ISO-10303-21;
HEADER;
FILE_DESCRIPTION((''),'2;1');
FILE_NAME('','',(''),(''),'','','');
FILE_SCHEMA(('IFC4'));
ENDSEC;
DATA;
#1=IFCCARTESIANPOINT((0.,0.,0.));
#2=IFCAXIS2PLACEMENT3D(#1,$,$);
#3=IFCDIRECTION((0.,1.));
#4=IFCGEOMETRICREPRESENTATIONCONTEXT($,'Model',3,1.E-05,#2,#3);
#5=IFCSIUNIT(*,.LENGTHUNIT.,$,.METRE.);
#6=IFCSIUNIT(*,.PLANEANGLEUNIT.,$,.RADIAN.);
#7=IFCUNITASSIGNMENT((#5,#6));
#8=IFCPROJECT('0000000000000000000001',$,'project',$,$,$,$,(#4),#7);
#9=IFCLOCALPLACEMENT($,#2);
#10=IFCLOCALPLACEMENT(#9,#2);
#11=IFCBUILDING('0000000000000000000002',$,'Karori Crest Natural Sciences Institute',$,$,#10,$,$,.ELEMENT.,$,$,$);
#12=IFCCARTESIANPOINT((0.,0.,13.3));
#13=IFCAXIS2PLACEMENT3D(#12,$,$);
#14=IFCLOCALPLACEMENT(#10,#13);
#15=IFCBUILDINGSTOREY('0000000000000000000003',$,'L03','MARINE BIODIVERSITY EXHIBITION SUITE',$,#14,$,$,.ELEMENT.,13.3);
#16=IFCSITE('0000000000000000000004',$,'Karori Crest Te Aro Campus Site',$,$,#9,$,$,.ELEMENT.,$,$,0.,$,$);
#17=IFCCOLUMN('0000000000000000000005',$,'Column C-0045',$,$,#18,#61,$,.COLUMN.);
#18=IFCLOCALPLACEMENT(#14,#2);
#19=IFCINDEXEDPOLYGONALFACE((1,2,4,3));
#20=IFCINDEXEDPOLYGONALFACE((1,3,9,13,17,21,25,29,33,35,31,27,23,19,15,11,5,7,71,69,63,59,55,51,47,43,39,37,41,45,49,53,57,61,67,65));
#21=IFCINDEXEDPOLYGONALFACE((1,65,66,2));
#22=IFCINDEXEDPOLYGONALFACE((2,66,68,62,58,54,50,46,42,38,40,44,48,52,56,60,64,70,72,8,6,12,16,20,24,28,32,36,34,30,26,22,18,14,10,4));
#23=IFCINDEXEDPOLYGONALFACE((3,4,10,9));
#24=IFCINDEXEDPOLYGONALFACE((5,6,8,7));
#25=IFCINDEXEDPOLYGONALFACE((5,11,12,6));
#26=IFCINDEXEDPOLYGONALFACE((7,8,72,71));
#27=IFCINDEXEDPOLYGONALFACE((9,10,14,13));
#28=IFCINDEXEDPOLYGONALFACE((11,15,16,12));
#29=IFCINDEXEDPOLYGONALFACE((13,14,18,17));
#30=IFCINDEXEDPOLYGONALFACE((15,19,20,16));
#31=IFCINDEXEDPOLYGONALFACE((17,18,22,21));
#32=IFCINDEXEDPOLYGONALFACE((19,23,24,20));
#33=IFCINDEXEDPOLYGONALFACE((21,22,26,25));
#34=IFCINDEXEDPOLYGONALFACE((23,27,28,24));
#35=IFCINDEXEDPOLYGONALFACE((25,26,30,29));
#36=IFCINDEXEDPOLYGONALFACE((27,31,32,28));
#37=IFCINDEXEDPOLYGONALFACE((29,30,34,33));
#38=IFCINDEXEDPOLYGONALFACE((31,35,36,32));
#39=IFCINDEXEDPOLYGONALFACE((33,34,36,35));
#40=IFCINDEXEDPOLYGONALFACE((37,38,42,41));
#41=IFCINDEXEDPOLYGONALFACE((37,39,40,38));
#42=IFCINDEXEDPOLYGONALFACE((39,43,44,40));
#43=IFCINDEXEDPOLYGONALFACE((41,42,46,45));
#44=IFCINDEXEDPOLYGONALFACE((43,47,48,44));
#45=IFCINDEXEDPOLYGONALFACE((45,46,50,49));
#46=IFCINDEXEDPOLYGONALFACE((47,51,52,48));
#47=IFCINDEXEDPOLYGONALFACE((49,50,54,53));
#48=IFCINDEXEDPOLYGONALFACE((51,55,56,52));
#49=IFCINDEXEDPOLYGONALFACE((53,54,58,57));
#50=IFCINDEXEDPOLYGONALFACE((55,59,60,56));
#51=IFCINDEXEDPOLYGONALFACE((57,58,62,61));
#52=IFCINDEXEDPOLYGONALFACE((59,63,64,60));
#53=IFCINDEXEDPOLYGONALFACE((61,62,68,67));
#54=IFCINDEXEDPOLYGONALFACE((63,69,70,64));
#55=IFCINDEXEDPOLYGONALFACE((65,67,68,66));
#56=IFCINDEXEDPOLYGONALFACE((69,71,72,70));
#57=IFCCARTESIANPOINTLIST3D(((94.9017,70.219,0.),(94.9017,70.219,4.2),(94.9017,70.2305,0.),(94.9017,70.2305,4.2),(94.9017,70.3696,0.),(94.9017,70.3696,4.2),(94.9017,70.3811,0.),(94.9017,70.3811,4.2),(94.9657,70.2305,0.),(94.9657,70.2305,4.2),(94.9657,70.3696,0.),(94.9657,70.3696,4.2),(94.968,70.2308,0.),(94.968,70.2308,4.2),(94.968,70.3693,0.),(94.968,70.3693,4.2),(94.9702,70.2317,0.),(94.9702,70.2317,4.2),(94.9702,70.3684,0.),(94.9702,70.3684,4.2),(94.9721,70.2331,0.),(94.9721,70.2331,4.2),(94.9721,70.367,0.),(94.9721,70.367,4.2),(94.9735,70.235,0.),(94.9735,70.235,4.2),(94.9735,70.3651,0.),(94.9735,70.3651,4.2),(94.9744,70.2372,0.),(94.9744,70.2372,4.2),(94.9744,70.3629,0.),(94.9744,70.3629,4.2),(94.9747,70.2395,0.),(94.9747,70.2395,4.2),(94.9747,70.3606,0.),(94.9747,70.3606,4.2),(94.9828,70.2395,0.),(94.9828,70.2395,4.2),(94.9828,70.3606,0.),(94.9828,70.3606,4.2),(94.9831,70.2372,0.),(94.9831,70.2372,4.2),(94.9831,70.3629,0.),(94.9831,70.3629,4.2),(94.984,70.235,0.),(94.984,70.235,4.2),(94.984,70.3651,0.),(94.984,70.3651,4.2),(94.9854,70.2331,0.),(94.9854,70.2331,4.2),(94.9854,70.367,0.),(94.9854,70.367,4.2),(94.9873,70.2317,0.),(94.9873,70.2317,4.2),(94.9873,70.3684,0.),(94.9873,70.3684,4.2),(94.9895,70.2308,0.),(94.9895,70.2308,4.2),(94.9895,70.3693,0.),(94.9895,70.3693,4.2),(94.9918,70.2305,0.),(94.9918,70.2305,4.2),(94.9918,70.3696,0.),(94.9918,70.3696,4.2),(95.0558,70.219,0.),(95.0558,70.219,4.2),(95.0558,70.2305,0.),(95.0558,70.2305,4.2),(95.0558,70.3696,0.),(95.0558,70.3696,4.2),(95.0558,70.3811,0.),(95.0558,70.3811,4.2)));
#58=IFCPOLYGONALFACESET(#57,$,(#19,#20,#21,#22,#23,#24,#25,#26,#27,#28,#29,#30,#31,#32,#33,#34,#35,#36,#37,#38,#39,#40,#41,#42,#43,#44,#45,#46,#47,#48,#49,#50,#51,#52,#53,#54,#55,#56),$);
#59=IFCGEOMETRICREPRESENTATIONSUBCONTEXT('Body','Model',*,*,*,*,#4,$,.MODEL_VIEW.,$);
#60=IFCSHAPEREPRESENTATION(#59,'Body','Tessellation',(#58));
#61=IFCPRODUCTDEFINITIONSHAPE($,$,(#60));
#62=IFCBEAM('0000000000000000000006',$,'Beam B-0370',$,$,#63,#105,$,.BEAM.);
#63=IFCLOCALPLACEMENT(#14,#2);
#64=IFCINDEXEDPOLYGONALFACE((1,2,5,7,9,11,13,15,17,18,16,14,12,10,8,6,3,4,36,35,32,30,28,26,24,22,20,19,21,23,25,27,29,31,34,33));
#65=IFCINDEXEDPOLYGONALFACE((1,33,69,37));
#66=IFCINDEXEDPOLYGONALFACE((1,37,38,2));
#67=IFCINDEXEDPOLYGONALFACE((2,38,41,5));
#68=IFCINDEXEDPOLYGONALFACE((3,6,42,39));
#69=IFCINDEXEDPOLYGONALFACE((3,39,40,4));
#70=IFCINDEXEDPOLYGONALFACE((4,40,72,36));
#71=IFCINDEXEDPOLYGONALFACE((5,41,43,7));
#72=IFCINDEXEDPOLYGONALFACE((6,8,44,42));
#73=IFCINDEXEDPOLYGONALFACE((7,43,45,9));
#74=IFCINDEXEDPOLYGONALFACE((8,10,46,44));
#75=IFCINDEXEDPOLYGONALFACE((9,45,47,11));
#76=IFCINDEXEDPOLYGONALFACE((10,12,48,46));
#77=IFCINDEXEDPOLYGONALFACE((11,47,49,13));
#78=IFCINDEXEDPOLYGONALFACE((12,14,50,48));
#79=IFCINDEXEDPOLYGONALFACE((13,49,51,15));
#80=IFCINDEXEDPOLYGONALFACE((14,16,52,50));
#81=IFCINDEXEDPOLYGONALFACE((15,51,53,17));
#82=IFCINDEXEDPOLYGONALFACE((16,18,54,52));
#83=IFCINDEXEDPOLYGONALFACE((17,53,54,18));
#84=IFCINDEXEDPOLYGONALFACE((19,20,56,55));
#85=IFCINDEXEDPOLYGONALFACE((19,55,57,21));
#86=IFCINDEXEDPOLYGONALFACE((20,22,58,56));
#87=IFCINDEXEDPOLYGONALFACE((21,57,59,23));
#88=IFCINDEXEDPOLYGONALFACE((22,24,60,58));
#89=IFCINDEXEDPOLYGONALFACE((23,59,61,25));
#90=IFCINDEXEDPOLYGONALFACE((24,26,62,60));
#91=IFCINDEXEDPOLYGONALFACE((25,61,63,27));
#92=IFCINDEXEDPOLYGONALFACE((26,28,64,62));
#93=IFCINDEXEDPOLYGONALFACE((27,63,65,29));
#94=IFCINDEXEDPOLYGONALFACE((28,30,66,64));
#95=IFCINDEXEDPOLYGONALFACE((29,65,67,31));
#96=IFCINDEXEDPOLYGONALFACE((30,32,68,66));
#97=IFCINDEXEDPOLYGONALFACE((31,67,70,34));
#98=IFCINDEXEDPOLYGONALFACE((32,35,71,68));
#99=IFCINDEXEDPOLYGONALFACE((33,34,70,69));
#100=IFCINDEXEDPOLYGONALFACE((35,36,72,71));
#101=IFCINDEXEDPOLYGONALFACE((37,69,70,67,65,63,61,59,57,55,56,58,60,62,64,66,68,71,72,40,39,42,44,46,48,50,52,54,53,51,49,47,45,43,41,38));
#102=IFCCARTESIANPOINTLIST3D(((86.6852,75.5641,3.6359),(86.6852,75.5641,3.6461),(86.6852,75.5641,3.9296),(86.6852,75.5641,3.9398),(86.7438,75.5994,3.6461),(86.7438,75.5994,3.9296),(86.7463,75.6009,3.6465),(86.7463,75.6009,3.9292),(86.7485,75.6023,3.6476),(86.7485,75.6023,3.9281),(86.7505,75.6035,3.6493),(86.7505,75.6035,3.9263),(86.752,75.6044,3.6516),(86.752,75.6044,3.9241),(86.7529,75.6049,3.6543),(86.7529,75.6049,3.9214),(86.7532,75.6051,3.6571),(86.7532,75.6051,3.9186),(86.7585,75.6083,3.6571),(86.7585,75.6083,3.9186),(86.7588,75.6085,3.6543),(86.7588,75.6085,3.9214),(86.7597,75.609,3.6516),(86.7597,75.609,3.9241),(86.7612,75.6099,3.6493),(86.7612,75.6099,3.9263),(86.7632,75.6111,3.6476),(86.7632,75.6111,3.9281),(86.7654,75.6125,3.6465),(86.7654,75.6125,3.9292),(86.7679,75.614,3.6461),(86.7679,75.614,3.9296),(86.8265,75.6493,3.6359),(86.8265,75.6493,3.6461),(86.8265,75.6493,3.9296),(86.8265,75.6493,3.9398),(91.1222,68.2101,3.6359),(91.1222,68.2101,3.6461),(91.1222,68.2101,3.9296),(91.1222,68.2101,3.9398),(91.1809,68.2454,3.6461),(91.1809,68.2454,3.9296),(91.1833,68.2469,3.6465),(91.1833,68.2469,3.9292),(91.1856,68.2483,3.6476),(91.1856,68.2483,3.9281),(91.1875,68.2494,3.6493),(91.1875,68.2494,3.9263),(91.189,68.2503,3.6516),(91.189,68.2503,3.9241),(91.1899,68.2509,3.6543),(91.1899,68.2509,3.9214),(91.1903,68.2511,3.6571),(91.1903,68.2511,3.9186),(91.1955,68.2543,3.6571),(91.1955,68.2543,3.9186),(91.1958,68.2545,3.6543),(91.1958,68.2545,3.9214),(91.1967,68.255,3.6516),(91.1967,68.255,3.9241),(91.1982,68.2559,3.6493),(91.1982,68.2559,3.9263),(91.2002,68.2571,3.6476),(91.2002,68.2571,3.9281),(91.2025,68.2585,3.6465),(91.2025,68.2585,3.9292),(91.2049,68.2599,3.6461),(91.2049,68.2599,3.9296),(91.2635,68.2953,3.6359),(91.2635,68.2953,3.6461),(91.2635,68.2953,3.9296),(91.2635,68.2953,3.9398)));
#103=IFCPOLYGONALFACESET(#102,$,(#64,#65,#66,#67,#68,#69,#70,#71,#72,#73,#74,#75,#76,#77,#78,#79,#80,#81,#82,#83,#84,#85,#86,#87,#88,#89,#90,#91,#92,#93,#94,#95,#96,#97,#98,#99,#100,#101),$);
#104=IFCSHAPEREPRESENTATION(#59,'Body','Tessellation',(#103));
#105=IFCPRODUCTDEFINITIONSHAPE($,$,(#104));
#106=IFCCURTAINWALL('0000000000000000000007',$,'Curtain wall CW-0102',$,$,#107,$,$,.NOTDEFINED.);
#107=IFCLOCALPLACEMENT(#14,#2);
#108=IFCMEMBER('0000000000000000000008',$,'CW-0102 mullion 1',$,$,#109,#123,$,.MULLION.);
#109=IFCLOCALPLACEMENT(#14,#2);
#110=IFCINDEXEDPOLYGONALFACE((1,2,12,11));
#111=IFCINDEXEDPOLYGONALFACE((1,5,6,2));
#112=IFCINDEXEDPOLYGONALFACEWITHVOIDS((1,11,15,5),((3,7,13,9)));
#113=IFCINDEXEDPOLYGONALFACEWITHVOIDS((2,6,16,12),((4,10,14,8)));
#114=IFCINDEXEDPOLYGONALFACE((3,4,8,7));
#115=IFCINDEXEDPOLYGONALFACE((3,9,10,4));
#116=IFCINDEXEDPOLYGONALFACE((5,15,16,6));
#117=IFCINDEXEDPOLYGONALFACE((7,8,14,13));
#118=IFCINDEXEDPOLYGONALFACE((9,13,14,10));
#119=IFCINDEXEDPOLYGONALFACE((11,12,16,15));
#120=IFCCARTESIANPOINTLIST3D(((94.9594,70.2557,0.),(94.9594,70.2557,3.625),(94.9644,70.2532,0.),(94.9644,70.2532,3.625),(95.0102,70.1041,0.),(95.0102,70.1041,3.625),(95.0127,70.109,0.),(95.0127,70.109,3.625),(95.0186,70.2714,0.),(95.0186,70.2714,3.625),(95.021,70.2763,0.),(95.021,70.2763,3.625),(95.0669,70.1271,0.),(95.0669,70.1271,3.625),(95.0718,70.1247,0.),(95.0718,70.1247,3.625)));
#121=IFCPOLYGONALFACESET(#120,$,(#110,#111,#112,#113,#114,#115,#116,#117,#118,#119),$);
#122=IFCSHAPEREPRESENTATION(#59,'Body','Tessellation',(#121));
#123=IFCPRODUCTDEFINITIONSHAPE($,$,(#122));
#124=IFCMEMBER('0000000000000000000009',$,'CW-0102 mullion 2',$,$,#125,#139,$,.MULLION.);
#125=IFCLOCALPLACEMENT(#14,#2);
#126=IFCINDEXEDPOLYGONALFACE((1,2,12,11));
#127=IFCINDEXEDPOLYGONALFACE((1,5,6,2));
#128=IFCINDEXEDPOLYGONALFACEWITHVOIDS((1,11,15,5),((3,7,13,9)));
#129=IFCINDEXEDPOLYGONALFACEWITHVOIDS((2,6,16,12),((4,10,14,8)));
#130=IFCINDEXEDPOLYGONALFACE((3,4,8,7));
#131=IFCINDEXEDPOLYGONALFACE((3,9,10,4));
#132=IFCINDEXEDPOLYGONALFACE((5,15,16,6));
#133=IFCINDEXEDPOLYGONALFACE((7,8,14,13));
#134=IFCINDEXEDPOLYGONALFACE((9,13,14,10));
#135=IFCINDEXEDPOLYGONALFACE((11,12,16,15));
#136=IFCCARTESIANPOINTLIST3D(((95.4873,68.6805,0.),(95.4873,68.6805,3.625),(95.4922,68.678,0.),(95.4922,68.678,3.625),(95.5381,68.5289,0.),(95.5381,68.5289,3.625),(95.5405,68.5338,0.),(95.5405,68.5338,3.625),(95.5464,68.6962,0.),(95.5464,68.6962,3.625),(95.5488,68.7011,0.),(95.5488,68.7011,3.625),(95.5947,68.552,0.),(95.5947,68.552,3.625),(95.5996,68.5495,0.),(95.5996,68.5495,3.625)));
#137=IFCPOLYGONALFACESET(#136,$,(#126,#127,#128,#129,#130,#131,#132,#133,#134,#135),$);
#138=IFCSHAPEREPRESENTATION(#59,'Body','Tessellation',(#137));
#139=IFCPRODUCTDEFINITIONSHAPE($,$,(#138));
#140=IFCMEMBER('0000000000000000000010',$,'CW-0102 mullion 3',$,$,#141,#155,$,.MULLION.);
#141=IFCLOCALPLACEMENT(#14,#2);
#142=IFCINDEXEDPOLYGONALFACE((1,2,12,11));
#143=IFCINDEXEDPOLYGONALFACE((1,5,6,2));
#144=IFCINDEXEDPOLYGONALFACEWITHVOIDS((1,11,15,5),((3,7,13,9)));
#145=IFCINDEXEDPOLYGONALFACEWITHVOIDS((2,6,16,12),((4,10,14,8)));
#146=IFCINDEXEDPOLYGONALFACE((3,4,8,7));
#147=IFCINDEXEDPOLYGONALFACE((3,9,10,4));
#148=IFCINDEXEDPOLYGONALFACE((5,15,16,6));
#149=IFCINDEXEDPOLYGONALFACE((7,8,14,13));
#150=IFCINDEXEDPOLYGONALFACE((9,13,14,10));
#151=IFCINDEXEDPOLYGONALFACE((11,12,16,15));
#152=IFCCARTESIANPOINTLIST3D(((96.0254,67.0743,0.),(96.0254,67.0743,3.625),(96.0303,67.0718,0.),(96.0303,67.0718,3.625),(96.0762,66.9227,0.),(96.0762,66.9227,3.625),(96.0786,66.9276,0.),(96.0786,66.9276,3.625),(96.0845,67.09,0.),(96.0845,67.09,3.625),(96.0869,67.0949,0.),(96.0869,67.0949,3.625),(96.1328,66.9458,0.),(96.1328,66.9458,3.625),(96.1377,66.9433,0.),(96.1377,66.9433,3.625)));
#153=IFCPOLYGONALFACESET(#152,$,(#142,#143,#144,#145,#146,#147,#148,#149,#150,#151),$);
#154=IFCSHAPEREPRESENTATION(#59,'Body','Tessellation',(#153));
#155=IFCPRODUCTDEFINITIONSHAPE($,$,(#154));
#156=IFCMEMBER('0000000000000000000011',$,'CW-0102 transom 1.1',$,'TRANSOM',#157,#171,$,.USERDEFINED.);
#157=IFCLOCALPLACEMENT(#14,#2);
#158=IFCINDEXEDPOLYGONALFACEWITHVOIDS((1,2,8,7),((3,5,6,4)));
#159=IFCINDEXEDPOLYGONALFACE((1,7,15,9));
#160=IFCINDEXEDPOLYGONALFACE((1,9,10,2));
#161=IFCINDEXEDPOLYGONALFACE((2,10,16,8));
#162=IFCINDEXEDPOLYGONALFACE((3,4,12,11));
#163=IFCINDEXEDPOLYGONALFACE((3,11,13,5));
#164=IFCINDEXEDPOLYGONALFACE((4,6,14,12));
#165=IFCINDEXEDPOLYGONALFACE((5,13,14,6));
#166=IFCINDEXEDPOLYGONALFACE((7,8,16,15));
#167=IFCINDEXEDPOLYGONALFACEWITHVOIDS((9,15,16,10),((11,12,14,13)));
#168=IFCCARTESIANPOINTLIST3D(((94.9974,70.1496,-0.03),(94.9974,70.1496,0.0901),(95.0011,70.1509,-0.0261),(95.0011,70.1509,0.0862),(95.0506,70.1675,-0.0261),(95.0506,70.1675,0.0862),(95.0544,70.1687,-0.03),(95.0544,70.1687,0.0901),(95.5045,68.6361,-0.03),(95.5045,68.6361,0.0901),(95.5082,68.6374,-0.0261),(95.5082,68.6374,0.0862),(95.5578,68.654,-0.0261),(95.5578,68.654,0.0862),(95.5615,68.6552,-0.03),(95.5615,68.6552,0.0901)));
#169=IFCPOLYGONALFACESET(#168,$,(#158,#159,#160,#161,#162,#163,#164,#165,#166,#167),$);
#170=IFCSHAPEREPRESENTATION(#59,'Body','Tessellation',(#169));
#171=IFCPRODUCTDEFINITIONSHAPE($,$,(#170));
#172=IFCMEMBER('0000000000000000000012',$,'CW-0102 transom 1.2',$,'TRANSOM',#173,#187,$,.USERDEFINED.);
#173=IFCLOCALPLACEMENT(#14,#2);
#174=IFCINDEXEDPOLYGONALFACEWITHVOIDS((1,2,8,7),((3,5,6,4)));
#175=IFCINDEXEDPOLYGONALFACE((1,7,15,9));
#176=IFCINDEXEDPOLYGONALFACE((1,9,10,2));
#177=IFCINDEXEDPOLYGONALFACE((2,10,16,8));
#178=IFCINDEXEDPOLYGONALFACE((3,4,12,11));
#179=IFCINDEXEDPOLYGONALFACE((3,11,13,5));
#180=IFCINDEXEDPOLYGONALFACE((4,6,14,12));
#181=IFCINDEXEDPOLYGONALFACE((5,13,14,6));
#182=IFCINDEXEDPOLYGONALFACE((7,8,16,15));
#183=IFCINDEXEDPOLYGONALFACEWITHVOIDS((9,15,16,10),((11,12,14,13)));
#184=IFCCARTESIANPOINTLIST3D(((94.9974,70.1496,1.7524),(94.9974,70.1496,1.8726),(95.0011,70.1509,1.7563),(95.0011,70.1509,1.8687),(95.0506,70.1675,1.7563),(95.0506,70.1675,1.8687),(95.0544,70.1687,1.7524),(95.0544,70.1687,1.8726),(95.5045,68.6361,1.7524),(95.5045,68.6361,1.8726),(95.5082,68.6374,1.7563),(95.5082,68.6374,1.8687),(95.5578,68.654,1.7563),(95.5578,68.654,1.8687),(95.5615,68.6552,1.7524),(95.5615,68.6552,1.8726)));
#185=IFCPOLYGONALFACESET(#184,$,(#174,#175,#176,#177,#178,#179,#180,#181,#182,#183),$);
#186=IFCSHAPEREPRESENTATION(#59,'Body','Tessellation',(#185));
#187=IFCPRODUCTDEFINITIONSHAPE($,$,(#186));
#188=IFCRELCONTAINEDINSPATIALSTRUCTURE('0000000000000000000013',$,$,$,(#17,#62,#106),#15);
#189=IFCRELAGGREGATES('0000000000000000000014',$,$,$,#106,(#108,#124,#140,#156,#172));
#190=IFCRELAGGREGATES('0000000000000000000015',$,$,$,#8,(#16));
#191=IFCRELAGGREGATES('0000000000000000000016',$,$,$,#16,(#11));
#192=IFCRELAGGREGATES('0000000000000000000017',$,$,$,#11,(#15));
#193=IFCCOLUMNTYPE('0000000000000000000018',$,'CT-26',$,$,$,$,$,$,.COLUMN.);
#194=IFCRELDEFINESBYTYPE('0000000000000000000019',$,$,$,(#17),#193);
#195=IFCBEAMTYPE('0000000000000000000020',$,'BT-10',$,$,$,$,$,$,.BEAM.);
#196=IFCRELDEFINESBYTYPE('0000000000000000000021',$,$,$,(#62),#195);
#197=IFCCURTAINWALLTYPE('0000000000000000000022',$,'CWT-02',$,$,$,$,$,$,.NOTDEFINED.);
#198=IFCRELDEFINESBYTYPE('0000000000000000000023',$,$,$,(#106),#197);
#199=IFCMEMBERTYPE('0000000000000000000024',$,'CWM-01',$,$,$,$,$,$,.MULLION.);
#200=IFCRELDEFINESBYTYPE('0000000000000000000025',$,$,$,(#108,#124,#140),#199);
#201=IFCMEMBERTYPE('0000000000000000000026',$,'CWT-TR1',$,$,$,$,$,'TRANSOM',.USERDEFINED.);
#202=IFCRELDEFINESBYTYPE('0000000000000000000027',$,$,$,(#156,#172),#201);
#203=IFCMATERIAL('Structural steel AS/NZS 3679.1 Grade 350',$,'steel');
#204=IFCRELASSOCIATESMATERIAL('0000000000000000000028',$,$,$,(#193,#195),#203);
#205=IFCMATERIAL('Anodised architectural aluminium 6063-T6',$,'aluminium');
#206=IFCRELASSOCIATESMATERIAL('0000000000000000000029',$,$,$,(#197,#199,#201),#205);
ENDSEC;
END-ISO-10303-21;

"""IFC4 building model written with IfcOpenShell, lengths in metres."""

from ifc_helpers import new_model, si_unit, direction, frame, origin, origin_2d, place, context, subcontext, project, spatial, hollow_rectangle, i_section, extrude, material, material_profile, profile_set, type_object, element, aggregate, save


model = new_model("IFC4")

# Units and contexts
model_context = context("Model", 3, precision=1e-05, world=origin(), true_north=direction((0.0, 1.0)))
body_context = subcontext(model_context, "Body", "Model", "MODEL_VIEW")
ifc_project = project(units=[si_unit("LENGTHUNIT", "METRE"), si_unit("PLANEANGLEUNIT", "RADIAN")], contexts=[model_context])

# Site, building, storey
site_placement = place(None, origin())
site = spatial("IfcSite", under=ifc_project, at=site_placement, Name="Karori Crest Te Aro Campus Site", CompositionType="ELEMENT", RefElevation=0.0)
building_placement = place(site_placement, origin())
building = spatial("IfcBuilding", under=site, at=building_placement, Name="Karori Crest Natural Sciences Institute", CompositionType="ELEMENT")
storey_placement = place(building_placement, frame((0.0, 0.0, 13.3)))
storey = spatial("IfcBuildingStorey", under=building, at=storey_placement, Name="L03", Description="MARINE BIODIVERSITY EXHIBITION SUITE", CompositionType="ELEMENT", Elevation=13.3)

# Column
ifc_material_1 = material(Name="Structural steel AS/NZS 3679.1 Grade 350", Category="steel")
ifc_material_profile_1 = material_profile(ifc_material_1, i_section(OverallWidth=0.1541, OverallDepth=0.1621, WebThickness=0.0081, FlangeThickness=0.0115, FilletRadius=0.009, at=origin_2d()), Name="150UC37.2")
ifc_profile_set_1 = profile_set([ifc_material_profile_1], Name="Structural steel AS/NZS 3679.1 Grade 350")
column_type = type_object("IfcColumnType", Name="CT-26", PredefinedType="COLUMN", material=ifc_profile_set_1)
column_placement = place(storey_placement, frame((94.9788, 70.3, 0.0), z_axis=(0.0, 0.0, 1.0), x_axis=(1.0, 0.0, 0.0)))
element("IfcColumn", 1, at=column_placement, inside=storey, type_object=column_type, Name="Column C-0045", PredefinedType="COLUMN", context=body_context, shape_type="SweptSolid", body=[
    extrude(i_section(OverallWidth=0.1541, OverallDepth=0.1621, WebThickness=0.0081, FlangeThickness=0.0115, FilletRadius=0.009, at=origin_2d()), origin(), (0.0, 0.0, 1.0), 4.2),
])

# Beam
ifc_material_profile_2 = material_profile(ifc_material_1, i_section(OverallWidth=0.165, OverallDepth=0.304, WebThickness=0.0061, FlangeThickness=0.0103, FilletRadius=0.011, at=origin_2d()), Name="310UB40.4")
ifc_profile_set_2 = profile_set([ifc_material_profile_2], Name="Structural steel AS/NZS 3679.1 Grade 350")
beam_type = type_object("IfcBeamType", Name="BT-10", PredefinedType="BEAM", material=ifc_profile_set_2)
beam_placement = place(storey_placement, frame((91.1929, 68.2527, 3.7878), z_axis=(-0.516601, 0.856226, 0.0), x_axis=(-0.856226, -0.516601, 0.0)))
element("IfcBeam", 2, at=beam_placement, inside=storey, type_object=beam_type, Name="Beam B-0370", PredefinedType="BEAM", context=body_context, shape_type="SweptSolid", body=[
    extrude(i_section(OverallWidth=0.165, OverallDepth=0.304, WebThickness=0.0061, FlangeThickness=0.0103, FilletRadius=0.011, at=origin_2d()), origin(), (0.0, 0.0, 1.0), 8.5889),
])

# Curtain wall, members
ifc_material_2 = material(Name="Anodised architectural aluminium 6063-T6", Category="aluminium")
curtain_wall_type = type_object("IfcCurtainWallType", Name="CWT-02", PredefinedType="NOTDEFINED", material=ifc_material_2)
curtain_wall_placement = place(storey_placement, origin())
curtain_wall = element("IfcCurtainWall", 3, at=curtain_wall_placement, inside=storey, type_object=curtain_wall_type, Name="Curtain wall CW-0102", PredefinedType="NOTDEFINED")
ifc_material_profile_3 = material_profile(ifc_material_2, hollow_rectangle(XDim=0.0649, YDim=0.1599, WallThickness=0.0039, at=origin_2d()), Name="CWM160x65x4")
ifc_profile_set_3 = profile_set([ifc_material_profile_3], Name="Anodised architectural aluminium 6063-T6")
member_type_1 = type_object("IfcMemberType", Name="CWM-01", PredefinedType="MULLION", material=ifc_profile_set_3)
member_1_placement = place(storey_placement, frame((95.0156, 70.1902, 0.0), z_axis=(0.0, 0.0, 1.0), x_axis=(0.948198, 0.31768, 0.0)))
member_1 = element("IfcMember", 4, at=member_1_placement, type_object=member_type_1, Name="CW-0102 mullion 1", PredefinedType="MULLION", context=body_context, shape_type="SweptSolid", body=[
    extrude(hollow_rectangle(XDim=0.0649, YDim=0.1599, WallThickness=0.0039, at=origin_2d()), origin(), (0.0, 0.0, 1.0), 3.625),
])
member_2_placement = place(storey_placement, frame((95.5435, 68.615, 0.0), z_axis=(0.0, 0.0, 1.0), x_axis=(0.948198, 0.31768, 0.0)))
member_2 = element("IfcMember", 5, at=member_2_placement, type_object=member_type_1, Name="CW-0102 mullion 2", PredefinedType="MULLION", context=body_context, shape_type="SweptSolid", body=[
    extrude(hollow_rectangle(XDim=0.0649, YDim=0.1599, WallThickness=0.0039, at=origin_2d()), origin(), (0.0, 0.0, 1.0), 3.625),
])
member_3_placement = place(storey_placement, frame((96.0815, 67.0088, 0.0), z_axis=(0.0, 0.0, 1.0), x_axis=(0.948198, 0.31768, 0.0)))
member_3 = element("IfcMember", 6, at=member_3_placement, type_object=member_type_1, Name="CW-0102 mullion 3", PredefinedType="MULLION", context=body_context, shape_type="SweptSolid", body=[
    extrude(hollow_rectangle(XDim=0.0649, YDim=0.1599, WallThickness=0.0039, at=origin_2d()), origin(), (0.0, 0.0, 1.0), 3.625),
])
ifc_material_profile_4 = material_profile(ifc_material_2, hollow_rectangle(XDim=0.0601, YDim=0.1201, WallThickness=0.0039, at=origin_2d()), Name="CWT120x60x4")
ifc_profile_set_4 = profile_set([ifc_material_profile_4], Name="Anodised architectural aluminium 6063-T6")
member_type_2 = type_object("IfcMemberType", Name="CWT-TR1", ElementType="TRANSOM", PredefinedType="USERDEFINED", material=ifc_profile_set_4)
member_4_placement = place(storey_placement, frame((95.0259, 70.1592, 0.03), z_axis=(0.317696, -0.948193, 0.0), x_axis=(0.948193, 0.317696, 0.0)))
member_4 = element("IfcMember", 7, at=member_4_placement, type_object=member_type_2, Name="CW-0102 transom 1.1", ObjectType="TRANSOM", PredefinedType="USERDEFINED", context=body_context, shape_type="SweptSolid", body=[
    extrude(hollow_rectangle(XDim=0.0601, YDim=0.1201, WallThickness=0.0039, at=origin_2d()), origin(), (0.0, 0.0, 1.0), 1.5962),
])
member_5_placement = place(storey_placement, frame((95.0259, 70.1592, 1.8125), z_axis=(0.317696, -0.948193, 0.0), x_axis=(0.948193, 0.317696, 0.0)))
member_5 = element("IfcMember", 8, at=member_5_placement, type_object=member_type_2, Name="CW-0102 transom 1.2", ObjectType="TRANSOM", PredefinedType="USERDEFINED", context=body_context, shape_type="SweptSolid", body=[
    extrude(hollow_rectangle(XDim=0.0601, YDim=0.1201, WallThickness=0.0039, at=origin_2d()), origin(), (0.0, 0.0, 1.0), 1.5962),
])
aggregate(curtain_wall, [member_1, member_2, member_3, member_4, member_5])

save(model, "model.ifc")
